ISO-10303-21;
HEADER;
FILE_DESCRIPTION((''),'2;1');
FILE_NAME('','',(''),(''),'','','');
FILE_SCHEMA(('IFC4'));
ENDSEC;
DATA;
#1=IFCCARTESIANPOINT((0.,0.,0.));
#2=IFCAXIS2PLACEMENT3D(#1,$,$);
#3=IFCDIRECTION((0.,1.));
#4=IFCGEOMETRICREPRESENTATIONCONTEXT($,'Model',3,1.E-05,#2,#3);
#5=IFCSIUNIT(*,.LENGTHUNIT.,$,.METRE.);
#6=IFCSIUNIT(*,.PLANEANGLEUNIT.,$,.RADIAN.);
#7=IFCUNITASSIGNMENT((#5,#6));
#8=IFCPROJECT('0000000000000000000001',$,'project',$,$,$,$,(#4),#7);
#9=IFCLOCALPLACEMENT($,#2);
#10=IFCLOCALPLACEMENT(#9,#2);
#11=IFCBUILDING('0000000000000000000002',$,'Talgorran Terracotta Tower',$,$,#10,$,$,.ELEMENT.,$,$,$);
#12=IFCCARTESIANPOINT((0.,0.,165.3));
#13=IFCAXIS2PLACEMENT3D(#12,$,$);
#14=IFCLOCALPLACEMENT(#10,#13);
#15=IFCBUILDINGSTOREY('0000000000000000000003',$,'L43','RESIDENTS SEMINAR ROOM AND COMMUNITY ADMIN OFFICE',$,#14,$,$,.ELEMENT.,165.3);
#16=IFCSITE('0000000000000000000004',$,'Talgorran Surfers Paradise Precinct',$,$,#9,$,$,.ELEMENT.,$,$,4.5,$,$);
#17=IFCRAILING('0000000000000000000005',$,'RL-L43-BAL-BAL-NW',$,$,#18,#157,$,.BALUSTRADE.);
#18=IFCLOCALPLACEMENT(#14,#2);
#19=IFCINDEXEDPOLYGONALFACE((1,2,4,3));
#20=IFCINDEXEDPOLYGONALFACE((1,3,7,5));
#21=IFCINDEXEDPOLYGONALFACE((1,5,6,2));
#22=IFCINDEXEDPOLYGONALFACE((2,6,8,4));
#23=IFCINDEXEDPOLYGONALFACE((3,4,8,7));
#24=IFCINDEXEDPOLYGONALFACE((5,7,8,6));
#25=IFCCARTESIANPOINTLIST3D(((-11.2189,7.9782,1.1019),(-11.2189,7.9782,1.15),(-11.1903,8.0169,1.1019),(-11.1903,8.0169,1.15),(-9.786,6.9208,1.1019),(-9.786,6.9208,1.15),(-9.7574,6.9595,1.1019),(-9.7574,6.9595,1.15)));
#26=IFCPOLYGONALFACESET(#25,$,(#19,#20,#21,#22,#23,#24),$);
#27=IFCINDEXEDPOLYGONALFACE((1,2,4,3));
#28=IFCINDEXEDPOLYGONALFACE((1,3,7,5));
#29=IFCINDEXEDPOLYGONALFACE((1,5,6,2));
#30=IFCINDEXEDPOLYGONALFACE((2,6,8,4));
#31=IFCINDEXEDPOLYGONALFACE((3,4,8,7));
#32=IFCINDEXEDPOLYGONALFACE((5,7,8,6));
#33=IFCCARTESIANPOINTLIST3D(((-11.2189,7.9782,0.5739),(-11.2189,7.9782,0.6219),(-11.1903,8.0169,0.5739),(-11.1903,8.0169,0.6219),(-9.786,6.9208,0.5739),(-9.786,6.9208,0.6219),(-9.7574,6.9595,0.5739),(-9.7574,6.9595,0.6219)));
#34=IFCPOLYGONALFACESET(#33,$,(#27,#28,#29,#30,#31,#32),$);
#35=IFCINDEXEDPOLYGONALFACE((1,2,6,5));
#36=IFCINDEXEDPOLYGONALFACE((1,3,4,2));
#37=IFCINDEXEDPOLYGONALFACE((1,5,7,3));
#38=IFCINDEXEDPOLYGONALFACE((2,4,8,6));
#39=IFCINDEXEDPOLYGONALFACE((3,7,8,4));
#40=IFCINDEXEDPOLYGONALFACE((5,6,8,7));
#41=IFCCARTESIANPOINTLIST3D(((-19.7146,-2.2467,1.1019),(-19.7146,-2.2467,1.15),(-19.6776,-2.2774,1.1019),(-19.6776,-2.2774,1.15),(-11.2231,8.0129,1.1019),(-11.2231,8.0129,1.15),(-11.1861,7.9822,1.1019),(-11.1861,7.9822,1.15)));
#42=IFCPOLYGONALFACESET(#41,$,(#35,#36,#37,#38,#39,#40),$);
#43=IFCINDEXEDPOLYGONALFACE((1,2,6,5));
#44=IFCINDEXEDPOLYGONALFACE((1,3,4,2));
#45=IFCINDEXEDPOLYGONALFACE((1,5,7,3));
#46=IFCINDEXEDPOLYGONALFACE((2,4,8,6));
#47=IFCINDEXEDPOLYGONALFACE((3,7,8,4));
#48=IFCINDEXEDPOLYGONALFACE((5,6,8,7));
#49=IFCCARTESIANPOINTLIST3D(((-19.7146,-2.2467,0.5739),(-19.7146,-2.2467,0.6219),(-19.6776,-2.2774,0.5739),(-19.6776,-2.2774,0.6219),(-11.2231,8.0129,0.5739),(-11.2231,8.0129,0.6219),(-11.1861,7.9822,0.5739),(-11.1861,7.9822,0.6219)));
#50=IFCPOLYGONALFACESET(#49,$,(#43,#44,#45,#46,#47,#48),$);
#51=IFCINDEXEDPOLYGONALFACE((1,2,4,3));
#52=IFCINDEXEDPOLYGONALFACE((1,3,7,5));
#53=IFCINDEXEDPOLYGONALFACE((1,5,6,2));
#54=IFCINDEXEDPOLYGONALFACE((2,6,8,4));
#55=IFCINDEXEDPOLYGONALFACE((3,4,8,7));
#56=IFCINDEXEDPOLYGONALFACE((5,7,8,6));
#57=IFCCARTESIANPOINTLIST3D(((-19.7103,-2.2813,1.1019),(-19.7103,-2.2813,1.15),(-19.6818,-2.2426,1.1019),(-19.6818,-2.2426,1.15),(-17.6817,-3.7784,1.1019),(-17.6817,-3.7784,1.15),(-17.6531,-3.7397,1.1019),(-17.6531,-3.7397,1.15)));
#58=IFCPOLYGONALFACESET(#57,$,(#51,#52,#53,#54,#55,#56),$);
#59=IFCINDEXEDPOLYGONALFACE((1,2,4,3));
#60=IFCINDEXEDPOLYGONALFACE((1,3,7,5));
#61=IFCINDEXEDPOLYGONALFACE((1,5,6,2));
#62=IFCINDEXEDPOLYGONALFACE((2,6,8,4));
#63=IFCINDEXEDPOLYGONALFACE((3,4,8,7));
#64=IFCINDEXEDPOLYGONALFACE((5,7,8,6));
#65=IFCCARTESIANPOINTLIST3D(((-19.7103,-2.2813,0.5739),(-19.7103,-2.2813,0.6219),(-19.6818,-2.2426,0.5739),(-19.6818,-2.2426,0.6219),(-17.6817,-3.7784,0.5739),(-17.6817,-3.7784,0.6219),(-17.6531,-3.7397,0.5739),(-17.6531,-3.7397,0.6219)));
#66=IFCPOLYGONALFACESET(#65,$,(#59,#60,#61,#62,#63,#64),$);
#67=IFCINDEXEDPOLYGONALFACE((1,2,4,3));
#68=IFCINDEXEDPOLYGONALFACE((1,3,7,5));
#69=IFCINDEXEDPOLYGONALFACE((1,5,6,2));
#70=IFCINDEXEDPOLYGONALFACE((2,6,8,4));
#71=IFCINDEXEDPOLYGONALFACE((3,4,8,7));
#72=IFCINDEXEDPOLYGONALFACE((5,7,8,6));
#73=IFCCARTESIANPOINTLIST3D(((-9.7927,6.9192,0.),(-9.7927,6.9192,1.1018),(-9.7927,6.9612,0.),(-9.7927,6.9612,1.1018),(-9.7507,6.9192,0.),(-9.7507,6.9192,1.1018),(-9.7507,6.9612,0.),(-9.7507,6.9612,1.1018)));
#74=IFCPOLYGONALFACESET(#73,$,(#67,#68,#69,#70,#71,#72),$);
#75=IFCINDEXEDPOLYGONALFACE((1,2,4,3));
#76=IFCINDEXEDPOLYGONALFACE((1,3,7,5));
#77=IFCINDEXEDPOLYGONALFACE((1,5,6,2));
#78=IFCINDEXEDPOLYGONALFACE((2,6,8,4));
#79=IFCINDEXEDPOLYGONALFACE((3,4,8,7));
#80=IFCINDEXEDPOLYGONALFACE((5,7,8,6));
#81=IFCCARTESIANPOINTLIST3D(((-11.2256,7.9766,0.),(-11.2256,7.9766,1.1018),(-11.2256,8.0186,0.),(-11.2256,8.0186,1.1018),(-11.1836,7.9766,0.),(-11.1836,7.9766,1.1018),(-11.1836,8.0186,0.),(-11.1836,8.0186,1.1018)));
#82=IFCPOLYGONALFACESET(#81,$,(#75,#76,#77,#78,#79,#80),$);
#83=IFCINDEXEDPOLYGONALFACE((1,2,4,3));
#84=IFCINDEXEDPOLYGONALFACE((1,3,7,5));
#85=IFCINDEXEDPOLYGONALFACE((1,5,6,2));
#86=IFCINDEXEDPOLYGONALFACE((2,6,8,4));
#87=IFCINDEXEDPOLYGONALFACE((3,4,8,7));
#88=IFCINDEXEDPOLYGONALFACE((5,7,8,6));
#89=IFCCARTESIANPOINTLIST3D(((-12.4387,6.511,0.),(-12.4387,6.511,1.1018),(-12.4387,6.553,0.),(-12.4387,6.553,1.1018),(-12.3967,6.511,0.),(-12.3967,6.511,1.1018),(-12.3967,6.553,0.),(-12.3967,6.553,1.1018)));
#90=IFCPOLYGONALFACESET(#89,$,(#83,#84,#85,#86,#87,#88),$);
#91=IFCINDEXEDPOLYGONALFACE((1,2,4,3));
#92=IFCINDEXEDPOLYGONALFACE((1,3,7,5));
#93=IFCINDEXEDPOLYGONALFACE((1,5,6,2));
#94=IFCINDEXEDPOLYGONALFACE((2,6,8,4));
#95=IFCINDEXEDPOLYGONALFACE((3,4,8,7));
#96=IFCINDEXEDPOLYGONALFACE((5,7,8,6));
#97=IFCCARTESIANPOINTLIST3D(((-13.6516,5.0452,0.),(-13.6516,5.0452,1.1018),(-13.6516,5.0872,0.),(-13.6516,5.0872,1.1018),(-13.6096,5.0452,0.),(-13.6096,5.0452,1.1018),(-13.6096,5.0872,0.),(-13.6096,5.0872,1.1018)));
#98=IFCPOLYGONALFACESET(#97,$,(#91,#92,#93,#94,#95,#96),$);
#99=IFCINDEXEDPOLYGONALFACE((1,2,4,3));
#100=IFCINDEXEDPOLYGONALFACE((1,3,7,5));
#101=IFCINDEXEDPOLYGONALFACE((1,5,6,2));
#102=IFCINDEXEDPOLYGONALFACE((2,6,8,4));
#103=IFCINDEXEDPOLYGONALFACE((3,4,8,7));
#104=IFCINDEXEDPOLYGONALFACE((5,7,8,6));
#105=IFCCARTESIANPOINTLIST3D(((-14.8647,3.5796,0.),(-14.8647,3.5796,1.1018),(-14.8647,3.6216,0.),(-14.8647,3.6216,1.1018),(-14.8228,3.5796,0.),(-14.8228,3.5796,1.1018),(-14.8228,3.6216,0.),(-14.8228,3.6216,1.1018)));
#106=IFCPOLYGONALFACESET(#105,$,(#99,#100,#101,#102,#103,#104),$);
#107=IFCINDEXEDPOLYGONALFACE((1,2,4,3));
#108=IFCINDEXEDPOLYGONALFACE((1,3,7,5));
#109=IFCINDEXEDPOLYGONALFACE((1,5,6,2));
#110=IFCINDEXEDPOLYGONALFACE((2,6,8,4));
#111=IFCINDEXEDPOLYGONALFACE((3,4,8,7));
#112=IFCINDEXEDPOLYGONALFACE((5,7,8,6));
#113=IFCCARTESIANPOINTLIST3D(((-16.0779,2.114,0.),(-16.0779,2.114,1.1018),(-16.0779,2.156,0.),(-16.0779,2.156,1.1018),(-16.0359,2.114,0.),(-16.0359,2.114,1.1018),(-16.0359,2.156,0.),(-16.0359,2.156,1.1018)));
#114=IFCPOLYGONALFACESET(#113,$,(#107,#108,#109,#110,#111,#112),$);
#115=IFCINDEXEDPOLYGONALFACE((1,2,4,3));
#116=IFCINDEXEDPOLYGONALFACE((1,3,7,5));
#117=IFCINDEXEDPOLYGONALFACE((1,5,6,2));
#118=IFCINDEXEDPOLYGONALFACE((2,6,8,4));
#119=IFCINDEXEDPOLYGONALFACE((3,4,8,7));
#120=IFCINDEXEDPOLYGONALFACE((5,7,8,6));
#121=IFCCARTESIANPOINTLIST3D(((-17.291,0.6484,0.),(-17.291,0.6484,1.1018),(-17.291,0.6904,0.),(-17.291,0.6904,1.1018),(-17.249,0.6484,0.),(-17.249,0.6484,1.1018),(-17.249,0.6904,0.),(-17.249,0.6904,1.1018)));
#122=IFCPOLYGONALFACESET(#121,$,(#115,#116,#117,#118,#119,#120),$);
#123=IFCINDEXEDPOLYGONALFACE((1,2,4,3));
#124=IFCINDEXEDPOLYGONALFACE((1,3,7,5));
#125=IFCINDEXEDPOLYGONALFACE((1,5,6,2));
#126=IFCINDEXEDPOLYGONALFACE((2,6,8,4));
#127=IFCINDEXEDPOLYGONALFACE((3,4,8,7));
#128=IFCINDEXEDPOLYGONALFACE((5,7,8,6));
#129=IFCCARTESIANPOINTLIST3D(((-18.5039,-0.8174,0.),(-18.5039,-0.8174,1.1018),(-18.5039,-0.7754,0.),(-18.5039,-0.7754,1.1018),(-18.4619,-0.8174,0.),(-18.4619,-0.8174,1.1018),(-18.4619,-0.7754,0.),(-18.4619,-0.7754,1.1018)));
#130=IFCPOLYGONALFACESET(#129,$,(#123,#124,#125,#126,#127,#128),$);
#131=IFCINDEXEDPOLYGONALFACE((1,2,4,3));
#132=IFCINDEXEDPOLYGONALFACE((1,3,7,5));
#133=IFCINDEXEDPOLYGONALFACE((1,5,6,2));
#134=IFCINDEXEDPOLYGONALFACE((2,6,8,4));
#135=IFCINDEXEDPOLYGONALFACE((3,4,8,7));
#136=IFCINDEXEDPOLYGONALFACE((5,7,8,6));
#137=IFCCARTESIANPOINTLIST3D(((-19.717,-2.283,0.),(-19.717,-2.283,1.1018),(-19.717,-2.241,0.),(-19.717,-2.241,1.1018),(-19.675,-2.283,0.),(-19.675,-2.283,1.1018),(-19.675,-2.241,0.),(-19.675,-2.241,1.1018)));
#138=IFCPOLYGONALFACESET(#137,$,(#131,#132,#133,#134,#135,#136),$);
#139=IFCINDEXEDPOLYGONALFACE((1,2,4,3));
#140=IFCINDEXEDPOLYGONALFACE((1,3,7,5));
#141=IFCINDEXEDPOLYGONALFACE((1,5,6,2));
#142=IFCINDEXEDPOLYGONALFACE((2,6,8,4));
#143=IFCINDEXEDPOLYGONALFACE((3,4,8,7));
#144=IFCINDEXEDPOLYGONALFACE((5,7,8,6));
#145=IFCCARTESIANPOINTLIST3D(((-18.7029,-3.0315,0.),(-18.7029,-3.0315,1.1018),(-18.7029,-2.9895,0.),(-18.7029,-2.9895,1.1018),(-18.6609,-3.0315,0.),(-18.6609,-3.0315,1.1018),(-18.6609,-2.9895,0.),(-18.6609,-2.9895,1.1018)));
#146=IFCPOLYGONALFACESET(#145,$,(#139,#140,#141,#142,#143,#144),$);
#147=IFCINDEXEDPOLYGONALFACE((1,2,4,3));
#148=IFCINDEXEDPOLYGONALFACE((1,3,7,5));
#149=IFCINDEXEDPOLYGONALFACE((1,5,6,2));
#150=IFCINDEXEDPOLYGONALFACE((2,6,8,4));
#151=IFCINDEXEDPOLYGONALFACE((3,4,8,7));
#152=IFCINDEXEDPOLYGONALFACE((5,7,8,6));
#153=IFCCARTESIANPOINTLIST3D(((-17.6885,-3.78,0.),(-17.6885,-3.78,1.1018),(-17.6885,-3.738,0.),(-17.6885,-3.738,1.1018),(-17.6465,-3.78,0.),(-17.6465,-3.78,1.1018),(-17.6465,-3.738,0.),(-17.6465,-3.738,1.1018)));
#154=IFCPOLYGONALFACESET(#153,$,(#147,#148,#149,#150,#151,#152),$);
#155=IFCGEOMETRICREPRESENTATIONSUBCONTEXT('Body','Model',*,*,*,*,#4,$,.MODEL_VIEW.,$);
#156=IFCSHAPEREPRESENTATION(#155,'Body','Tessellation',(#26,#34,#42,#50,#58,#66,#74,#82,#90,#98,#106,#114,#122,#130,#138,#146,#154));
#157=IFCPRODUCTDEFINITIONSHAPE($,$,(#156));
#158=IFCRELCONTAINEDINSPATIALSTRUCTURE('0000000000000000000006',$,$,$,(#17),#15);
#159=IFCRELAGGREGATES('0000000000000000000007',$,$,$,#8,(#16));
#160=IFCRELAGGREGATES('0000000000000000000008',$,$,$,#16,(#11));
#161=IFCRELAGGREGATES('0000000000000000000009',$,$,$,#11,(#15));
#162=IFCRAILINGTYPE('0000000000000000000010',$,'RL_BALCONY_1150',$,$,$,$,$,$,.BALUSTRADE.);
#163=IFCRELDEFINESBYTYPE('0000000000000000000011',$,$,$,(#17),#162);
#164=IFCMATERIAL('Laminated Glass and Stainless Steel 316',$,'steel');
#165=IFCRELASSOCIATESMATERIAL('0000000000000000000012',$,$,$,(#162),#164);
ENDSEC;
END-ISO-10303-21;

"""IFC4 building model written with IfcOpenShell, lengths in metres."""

from ifc_helpers import new_model, si_unit, direction, frame, origin, origin_2d, place, context, subcontext, project, spatial, rectangle, extrude, material, type_object, element, save


model = new_model("IFC4")

# Units and contexts
model_context = context("Model", 3, precision=1e-05, world=origin(), true_north=direction((0.0, 1.0)))
body_context = subcontext(model_context, "Body", "Model", "MODEL_VIEW")
ifc_project = project(units=[si_unit("LENGTHUNIT", "METRE"), si_unit("PLANEANGLEUNIT", "RADIAN")], contexts=[model_context])

# Site, building, storey
site_placement = place(None, origin())
site = spatial("IfcSite", under=ifc_project, at=site_placement, Name="Talgorran Surfers Paradise Precinct", CompositionType="ELEMENT", RefElevation=4.5)
building_placement = place(site_placement, origin())
building = spatial("IfcBuilding", under=site, at=building_placement, Name="Talgorran Terracotta Tower", CompositionType="ELEMENT")
storey_placement = place(building_placement, frame((0.0, 0.0, 165.3)))
storey = spatial("IfcBuildingStorey", under=building, at=storey_placement, Name="L43", Description="RESIDENTS SEMINAR ROOM AND COMMUNITY ADMIN OFFICE", CompositionType="ELEMENT", Elevation=165.3)

# Railing
ifc_material_1 = material(Name="Laminated Glass and Stainless Steel 316", Category="steel")
railing_type = type_object("IfcRailingType", Name="RL_BALCONY_1150", PredefinedType="BALUSTRADE", material=ifc_material_1)
railing_placement = place(storey_placement, frame((-9.7717, 6.9402, 0.0)))
element("IfcRailing", 1, at=railing_placement, inside=storey, type_object=railing_type, Name="RL-L43-BAL-BAL-NW", PredefinedType="BALUSTRADE", context=body_context, shape_type="SweptSolid", body=[
    extrude(rectangle(XDim=0.0481, YDim=0.0481, at=origin_2d()), frame((0.0, 0.0, 1.126), z_axis=(-0.804632, 0.593774, 0.0), x_axis=(-0.593774, -0.804632, 0.0)), (0.0, 0.0, 1.0), 1.7808),
    extrude(rectangle(XDim=0.0481, YDim=0.0481, at=origin_2d()), frame((0.0, 0.0, 0.5979), z_axis=(-0.804632, 0.593774, 0.0), x_axis=(-0.593774, -0.804632, 0.0)), (0.0, 0.0, 1.0), 1.7808),
    extrude(rectangle(XDim=0.0481, YDim=0.0481, at=origin_2d()), frame((-1.4329, 1.0574, 1.126), z_axis=(-0.637604, -0.770364, 0.0), x_axis=(0.770364, -0.637604, 0.0)), (0.0, 0.0, 1.0), 13.3179),
    extrude(rectangle(XDim=0.0481, YDim=0.0481, at=origin_2d()), frame((-1.4329, 1.0574, 0.5979), z_axis=(-0.637604, -0.770364, 0.0), x_axis=(0.770364, -0.637604, 0.0)), (0.0, 0.0, 1.0), 13.3179),
    extrude(rectangle(XDim=0.0481, YDim=0.0481, at=origin_2d()), frame((-9.9243, -9.2021, 1.126), z_axis=(0.804613, -0.5938, 0.0), x_axis=(0.5938, 0.804613, 0.0)), (0.0, 0.0, 1.0), 2.5212),
    extrude(rectangle(XDim=0.0481, YDim=0.0481, at=origin_2d()), frame((-9.9243, -9.2021, 0.5979), z_axis=(0.804613, -0.5938, 0.0), x_axis=(0.5938, 0.804613, 0.0)), (0.0, 0.0, 1.0), 2.5212),
    extrude(rectangle(XDim=0.042, YDim=0.042, at=origin_2d()), origin(), (0.0, 0.0, 1.0), 1.1018),
    extrude(rectangle(XDim=0.042, YDim=0.042, at=origin_2d()), frame((-1.4329, 1.0574, 0.0)), (0.0, 0.0, 1.0), 1.1018),
    extrude(rectangle(XDim=0.042, YDim=0.042, at=origin_2d()), frame((-2.646, -0.4082, 0.0)), (0.0, 0.0, 1.0), 1.1018),
    extrude(rectangle(XDim=0.042, YDim=0.042, at=origin_2d()), frame((-3.8589, -1.874, 0.0)), (0.0, 0.0, 1.0), 1.1018),
    extrude(rectangle(XDim=0.042, YDim=0.042, at=origin_2d()), frame((-5.072, -3.3396, 0.0)), (0.0, 0.0, 1.0), 1.1018),
    extrude(rectangle(XDim=0.042, YDim=0.042, at=origin_2d()), frame((-6.2852, -4.8052, 0.0)), (0.0, 0.0, 1.0), 1.1018),
    extrude(rectangle(XDim=0.042, YDim=0.042, at=origin_2d()), frame((-7.4983, -6.2708, 0.0)), (0.0, 0.0, 1.0), 1.1018),
    extrude(rectangle(XDim=0.042, YDim=0.042, at=origin_2d()), frame((-8.7112, -7.7366, 0.0)), (0.0, 0.0, 1.0), 1.1018),
    extrude(rectangle(XDim=0.042, YDim=0.042, at=origin_2d()), frame((-9.9243, -9.2021, 0.0)), (0.0, 0.0, 1.0), 1.1018),
    extrude(rectangle(XDim=0.042, YDim=0.042, at=origin_2d()), frame((-8.9102, -9.9507, 0.0)), (0.0, 0.0, 1.0), 1.1018),
    extrude(rectangle(XDim=0.042, YDim=0.042, at=origin_2d()), frame((-7.8958, -10.6992, 0.0)), (0.0, 0.0, 1.0), 1.1018),
])

save(model, "model.ifc")
